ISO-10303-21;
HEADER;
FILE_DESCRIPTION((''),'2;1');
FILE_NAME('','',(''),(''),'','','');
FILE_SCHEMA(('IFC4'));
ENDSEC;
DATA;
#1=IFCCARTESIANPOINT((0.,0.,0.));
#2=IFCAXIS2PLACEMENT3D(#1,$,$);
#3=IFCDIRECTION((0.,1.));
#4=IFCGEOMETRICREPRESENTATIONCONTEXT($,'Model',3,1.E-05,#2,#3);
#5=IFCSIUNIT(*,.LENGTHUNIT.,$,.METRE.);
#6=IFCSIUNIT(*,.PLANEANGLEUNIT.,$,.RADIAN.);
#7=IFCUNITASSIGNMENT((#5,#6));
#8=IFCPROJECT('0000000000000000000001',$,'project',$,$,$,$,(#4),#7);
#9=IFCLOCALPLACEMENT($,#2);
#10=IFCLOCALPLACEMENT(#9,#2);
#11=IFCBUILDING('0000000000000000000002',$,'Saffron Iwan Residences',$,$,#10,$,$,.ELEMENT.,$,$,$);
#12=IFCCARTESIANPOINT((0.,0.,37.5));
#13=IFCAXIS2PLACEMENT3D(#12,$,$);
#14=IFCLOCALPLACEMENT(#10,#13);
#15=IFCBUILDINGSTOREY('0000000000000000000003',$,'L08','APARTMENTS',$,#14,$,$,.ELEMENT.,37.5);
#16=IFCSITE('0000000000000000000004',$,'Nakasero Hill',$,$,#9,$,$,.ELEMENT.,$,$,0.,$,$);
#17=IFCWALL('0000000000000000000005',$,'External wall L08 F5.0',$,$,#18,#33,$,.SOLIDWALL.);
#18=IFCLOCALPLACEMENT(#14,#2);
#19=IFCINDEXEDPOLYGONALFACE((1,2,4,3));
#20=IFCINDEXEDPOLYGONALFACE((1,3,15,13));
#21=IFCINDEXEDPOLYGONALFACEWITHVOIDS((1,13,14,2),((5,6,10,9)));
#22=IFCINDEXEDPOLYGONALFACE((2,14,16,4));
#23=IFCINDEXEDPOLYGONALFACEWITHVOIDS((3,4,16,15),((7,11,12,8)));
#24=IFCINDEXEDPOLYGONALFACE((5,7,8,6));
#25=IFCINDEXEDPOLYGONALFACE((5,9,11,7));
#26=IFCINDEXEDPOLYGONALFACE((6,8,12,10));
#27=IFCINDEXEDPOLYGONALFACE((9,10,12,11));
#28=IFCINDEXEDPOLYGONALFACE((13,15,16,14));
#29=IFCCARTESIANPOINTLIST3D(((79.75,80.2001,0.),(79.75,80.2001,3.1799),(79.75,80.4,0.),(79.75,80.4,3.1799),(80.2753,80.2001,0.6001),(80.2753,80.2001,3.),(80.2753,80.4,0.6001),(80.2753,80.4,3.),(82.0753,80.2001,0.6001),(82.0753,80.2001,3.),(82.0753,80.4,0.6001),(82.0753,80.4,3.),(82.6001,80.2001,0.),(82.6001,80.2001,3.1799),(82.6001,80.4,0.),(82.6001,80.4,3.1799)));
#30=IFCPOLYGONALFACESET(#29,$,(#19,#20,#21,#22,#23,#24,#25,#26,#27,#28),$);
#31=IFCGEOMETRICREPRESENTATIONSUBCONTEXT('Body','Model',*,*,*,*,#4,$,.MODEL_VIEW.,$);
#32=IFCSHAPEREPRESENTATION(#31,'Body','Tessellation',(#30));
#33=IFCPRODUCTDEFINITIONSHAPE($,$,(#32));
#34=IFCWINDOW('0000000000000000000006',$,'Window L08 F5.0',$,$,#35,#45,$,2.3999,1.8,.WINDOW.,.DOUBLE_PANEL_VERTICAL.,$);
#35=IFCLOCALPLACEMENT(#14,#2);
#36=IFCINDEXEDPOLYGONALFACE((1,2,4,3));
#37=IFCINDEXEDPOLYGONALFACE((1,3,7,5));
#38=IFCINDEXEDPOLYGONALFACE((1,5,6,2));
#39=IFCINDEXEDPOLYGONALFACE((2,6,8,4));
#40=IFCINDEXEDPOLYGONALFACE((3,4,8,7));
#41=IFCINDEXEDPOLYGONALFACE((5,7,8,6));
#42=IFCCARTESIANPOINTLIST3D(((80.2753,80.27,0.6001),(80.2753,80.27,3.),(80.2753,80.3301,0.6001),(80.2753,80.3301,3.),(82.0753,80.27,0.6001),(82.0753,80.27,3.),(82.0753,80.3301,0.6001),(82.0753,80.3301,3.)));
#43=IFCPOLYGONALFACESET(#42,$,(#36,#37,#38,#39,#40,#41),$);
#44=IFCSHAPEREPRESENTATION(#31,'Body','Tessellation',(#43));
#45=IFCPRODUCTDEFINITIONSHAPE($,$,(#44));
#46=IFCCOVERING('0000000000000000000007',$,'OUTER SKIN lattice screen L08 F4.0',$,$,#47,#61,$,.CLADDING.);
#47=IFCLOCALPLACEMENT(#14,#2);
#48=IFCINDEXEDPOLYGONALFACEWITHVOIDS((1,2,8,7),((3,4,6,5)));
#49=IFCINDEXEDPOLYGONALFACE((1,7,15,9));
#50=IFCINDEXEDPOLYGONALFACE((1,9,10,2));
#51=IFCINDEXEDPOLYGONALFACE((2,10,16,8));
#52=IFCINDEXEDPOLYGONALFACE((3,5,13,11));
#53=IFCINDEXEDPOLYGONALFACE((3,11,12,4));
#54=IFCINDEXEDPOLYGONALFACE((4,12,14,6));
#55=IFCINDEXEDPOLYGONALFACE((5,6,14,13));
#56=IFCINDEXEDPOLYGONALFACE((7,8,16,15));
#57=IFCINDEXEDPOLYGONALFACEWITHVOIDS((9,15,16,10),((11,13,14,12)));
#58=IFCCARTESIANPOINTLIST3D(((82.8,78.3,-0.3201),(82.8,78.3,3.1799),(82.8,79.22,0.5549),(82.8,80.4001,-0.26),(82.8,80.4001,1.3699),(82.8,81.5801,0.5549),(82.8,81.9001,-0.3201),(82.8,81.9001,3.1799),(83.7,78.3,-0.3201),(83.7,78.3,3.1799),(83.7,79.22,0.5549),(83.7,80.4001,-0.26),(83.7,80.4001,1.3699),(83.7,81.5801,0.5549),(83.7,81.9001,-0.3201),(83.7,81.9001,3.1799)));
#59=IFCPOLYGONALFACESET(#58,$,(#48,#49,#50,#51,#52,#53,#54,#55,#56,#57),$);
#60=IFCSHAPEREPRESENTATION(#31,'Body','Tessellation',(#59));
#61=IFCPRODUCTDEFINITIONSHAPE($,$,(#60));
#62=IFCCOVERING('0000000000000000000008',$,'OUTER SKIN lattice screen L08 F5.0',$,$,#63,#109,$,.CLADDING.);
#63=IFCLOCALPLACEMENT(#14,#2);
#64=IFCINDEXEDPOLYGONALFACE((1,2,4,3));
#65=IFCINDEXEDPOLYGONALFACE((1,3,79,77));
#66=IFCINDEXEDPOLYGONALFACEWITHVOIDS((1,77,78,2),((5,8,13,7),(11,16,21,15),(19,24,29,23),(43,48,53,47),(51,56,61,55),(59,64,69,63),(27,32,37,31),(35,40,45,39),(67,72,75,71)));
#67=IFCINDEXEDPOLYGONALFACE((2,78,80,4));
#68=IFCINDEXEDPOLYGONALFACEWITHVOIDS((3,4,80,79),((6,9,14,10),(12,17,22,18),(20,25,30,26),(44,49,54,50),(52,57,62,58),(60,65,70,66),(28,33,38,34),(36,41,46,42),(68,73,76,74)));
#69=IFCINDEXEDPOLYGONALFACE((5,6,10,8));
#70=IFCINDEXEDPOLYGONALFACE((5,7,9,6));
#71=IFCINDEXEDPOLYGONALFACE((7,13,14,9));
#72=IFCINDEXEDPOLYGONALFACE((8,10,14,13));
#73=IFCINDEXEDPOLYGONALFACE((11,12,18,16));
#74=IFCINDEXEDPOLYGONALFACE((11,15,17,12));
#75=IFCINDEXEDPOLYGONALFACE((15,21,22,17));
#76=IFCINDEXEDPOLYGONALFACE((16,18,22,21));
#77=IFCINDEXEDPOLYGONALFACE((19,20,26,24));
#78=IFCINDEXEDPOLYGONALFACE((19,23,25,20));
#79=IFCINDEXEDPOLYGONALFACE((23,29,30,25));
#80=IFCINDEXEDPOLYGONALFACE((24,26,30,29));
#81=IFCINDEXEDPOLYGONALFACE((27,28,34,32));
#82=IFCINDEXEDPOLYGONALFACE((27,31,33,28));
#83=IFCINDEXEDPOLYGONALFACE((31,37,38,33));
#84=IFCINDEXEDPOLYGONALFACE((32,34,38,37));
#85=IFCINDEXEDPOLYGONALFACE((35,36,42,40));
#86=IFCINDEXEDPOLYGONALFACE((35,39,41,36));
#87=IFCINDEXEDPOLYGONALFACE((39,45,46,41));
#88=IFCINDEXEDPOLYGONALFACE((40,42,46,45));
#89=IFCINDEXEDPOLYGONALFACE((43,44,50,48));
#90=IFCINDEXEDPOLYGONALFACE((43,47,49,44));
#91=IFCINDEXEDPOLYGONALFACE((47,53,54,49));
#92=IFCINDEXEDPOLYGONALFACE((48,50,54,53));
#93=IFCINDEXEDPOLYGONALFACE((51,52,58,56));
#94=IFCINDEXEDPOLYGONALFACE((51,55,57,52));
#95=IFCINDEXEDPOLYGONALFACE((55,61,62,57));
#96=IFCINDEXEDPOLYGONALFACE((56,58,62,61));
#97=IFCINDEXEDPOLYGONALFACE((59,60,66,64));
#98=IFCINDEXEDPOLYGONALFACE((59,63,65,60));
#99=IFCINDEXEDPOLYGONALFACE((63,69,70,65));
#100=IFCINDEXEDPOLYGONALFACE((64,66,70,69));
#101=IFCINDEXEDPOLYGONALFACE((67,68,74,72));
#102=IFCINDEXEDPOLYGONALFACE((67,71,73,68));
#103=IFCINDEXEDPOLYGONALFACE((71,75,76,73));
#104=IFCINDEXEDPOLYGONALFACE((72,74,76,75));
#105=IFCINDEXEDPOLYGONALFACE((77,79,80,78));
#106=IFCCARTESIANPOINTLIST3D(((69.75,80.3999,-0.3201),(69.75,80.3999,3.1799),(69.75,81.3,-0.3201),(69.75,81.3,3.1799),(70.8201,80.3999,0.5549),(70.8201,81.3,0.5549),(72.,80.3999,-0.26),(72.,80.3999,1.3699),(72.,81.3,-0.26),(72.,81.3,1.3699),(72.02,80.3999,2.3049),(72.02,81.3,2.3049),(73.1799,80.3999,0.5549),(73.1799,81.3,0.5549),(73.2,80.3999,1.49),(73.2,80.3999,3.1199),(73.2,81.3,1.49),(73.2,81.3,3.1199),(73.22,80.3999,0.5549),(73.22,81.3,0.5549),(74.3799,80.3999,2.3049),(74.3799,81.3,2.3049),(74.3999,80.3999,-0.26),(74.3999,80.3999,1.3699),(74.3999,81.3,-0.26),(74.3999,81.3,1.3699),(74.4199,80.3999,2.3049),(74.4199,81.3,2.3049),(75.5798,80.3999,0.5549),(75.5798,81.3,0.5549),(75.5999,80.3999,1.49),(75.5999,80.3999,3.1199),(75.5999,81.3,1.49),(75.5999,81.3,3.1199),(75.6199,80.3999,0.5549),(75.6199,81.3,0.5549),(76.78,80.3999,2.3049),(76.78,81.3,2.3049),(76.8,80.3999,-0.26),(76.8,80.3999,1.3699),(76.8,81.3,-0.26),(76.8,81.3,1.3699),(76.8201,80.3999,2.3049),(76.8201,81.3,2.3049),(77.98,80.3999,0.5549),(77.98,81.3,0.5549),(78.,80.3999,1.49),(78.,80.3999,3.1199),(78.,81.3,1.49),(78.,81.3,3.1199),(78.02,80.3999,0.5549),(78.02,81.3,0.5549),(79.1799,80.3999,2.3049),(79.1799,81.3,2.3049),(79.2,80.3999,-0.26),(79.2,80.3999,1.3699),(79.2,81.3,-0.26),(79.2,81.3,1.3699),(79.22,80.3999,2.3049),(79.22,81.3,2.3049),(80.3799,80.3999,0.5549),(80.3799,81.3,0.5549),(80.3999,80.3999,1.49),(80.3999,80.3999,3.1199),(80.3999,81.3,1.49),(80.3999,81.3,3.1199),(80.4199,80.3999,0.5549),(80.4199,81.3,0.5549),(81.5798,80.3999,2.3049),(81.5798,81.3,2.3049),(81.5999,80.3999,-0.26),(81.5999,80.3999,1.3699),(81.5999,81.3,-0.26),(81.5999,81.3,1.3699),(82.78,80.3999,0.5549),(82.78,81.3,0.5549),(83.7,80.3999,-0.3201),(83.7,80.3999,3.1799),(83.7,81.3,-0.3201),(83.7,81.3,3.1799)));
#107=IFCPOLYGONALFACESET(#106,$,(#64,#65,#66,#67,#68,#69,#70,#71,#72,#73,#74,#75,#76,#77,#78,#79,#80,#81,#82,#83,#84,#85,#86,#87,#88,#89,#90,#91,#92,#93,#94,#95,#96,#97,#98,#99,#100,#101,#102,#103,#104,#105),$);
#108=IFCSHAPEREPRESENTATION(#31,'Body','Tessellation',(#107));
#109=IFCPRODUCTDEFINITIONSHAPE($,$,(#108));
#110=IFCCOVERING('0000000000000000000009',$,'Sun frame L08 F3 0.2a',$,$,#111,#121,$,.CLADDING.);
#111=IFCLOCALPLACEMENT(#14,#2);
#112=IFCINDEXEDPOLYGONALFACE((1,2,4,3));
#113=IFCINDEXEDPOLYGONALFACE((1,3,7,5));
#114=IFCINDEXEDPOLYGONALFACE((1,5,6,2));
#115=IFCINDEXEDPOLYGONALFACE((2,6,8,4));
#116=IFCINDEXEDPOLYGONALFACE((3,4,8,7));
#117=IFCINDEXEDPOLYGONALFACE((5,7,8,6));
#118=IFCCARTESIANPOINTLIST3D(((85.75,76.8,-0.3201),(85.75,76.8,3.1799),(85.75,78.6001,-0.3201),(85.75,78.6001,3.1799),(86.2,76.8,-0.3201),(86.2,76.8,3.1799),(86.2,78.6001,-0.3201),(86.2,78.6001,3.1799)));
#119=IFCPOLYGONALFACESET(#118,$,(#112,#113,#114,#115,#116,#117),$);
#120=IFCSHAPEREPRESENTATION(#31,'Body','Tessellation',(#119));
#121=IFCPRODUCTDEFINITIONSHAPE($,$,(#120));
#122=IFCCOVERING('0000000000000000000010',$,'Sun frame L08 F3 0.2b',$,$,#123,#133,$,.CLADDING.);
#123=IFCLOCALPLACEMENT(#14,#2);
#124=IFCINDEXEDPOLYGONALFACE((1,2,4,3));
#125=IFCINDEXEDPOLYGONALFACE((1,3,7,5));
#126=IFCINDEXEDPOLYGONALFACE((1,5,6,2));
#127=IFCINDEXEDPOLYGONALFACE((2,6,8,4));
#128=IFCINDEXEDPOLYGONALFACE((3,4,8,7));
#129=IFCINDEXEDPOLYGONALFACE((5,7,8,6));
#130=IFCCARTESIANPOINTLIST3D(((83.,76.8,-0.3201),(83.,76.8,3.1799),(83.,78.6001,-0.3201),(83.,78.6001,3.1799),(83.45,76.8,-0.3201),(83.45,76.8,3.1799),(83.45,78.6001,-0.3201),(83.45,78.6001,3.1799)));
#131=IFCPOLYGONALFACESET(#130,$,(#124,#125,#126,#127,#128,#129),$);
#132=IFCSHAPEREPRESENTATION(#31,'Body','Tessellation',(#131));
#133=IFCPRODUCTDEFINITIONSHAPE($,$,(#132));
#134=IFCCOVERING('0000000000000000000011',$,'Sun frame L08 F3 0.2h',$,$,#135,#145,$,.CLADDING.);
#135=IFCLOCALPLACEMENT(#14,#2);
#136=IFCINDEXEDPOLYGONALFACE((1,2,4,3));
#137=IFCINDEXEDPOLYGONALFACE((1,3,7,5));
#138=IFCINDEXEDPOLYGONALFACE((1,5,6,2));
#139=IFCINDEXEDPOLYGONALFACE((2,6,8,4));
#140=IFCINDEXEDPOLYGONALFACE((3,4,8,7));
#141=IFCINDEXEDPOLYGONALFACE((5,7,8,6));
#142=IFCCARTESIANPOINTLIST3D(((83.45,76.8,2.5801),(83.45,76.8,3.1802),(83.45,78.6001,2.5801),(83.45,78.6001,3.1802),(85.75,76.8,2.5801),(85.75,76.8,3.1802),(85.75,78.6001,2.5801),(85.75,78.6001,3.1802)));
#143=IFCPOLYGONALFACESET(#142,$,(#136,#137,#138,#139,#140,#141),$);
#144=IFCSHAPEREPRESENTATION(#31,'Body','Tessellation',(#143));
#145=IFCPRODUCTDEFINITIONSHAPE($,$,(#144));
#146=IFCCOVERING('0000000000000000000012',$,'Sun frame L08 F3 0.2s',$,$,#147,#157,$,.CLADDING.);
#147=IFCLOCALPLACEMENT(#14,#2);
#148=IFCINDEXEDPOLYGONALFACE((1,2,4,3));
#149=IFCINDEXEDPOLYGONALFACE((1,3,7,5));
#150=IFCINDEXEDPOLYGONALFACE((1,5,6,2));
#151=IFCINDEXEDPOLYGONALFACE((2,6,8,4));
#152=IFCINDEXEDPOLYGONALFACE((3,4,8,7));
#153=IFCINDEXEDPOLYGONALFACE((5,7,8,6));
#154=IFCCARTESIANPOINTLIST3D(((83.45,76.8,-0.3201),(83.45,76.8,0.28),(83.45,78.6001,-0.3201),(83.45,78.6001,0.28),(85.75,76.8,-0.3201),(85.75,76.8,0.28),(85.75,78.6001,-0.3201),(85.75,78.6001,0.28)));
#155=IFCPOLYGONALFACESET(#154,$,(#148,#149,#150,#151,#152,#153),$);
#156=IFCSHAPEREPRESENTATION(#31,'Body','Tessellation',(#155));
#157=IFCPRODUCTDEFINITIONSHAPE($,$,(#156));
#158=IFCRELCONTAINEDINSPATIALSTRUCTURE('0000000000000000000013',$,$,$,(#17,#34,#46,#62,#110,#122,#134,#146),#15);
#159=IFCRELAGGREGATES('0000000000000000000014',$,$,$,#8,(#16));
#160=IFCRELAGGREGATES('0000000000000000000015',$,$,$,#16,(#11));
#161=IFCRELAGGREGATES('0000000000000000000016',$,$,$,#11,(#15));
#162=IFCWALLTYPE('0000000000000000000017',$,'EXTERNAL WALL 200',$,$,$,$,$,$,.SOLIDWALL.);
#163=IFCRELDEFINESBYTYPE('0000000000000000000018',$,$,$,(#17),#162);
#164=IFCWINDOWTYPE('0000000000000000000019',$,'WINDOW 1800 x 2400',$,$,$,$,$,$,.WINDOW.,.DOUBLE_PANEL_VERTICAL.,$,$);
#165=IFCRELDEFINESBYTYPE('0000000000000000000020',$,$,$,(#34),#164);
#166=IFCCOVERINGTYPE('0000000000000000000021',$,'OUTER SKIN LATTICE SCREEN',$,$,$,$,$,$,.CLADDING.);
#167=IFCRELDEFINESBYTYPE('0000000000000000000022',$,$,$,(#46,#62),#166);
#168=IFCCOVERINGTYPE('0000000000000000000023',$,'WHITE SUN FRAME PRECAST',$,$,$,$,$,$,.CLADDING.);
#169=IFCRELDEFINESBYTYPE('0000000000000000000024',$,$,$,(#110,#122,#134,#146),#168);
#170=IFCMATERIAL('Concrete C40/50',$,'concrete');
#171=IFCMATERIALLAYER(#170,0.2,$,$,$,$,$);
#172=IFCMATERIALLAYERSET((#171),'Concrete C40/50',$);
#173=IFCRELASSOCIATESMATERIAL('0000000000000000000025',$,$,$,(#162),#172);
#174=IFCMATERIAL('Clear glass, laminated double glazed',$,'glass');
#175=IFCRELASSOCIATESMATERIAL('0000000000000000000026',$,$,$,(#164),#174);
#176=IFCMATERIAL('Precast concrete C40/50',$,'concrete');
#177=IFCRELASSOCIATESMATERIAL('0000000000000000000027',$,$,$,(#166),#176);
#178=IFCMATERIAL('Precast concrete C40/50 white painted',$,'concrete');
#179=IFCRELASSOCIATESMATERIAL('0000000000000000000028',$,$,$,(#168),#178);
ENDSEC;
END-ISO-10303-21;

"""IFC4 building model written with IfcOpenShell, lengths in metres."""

from ifc_helpers import new_model, si_unit, direction, frame, frame_2d, origin, place, context, subcontext, project, spatial, polyline, rectangle, outline, extrude, material, layer, layer_set, type_object, element, fill, save


model = new_model("IFC4")

# Units and contexts
model_context = context("Model", 3, precision=1e-05, world=origin(), true_north=direction((0.0, 1.0)))
body_context = subcontext(model_context, "Body", "Model", "MODEL_VIEW")
ifc_project = project(units=[si_unit("LENGTHUNIT", "METRE"), si_unit("PLANEANGLEUNIT", "RADIAN")], contexts=[model_context])

# Site, building, storey
site_placement = place(None, origin())
site = spatial("IfcSite", under=ifc_project, at=site_placement, Name="Nakasero Hill", CompositionType="ELEMENT", RefElevation=0.0)
building_placement = place(site_placement, origin())
building = spatial("IfcBuilding", under=site, at=building_placement, Name="Saffron Iwan Residences", CompositionType="ELEMENT")
storey_placement = place(building_placement, frame((0.0, 0.0, 37.5)))
storey = spatial("IfcBuildingStorey", under=building, at=storey_placement, Name="L08", Description="APARTMENTS", CompositionType="ELEMENT", Elevation=37.5)

# Shared definitions
ifc_material_1 = material(Name="Concrete C40/50", Category="concrete")
ifc_layer = layer(ifc_material_1, 0.2)
ifc_layer_set = layer_set([ifc_layer], Name="Concrete C40/50")
wall_type = type_object("IfcWallType", Name="EXTERNAL WALL 200", PredefinedType="SOLIDWALL", material=ifc_layer_set)
ifc_material_2 = material(Name="Clear glass, laminated double glazed", Category="glass")
window_type_1 = type_object("IfcWindowType", Name="WINDOW 1800 x 2400", PartitioningType="DOUBLE_PANEL_VERTICAL", PredefinedType="WINDOW", material=ifc_material_2)

# Wall, opening, window
wall_1_placement = place(storey_placement, frame((82.6001, 80.3, 0.0), z_axis=(0.0, 0.0, 1.0), x_axis=(-1.0, 0.0, 0.0)))
wall_1 = element("IfcWall", 1, at=wall_1_placement, inside=storey, type_object=wall_type, Name="External wall L08 F5.0", PredefinedType="SOLIDWALL", context=body_context, shape_type="SweptSolid", body=[
    extrude(rectangle(XDim=2.8501, YDim=0.2, at=frame_2d((1.425, 0.0))), origin(), (0.0, 0.0, 1.0), 3.1799),
])
opening_1_placement = place(wall_1_placement, frame((0.5249, 0.0, 0.6001)))
opening_1 = element("IfcOpeningElement", 2, at=opening_1_placement, cuts=wall_1, PredefinedType="OPENING", context=body_context, shape_type="SweptSolid", body=[
    extrude(rectangle(XDim=1.8, YDim=2.3999, at=frame_2d((0.8999, 1.2))), frame((0.0, 0.1099, 0.0), z_axis=(0.0, -1.0, 0.0), x_axis=(1.0, 0.0, 0.0)), (0.0, 0.0, 1.0), 0.22),
])
window_1_placement = place(opening_1_placement, origin())
window_1 = element("IfcWindow", 3, at=window_1_placement, inside=storey, type_object=window_type_1, Name="Window L08 F5.0", OverallHeight=2.3999, OverallWidth=1.8, PartitioningType="DOUBLE_PANEL_VERTICAL", PredefinedType="WINDOW", context=body_context, shape_type="SweptSolid", body=[
    extrude(rectangle(XDim=1.8, YDim=2.3999, at=frame_2d((0.8999, 1.2))), frame((0.0, 0.03, 0.0), z_axis=(0.0, -1.0, 0.0), x_axis=(1.0, 0.0, 0.0)), (0.0, 0.0, 1.0), 0.0601),
])
fill(opening_1, window_1)

# Coverings
ifc_material_3 = material(Name="Precast concrete C40/50", Category="concrete")
covering_type_1 = type_object("IfcCoveringType", Name="OUTER SKIN LATTICE SCREEN", PredefinedType="CLADDING", material=ifc_material_3)
covering_1_placement = place(storey_placement, frame((82.8, 78.3, -0.3201), z_axis=(1.0, 0.0, 0.0), x_axis=(0.0, 1.0, 0.0)))
element("IfcCovering", 4, at=covering_1_placement, inside=storey, type_object=covering_type_1, Name="OUTER SKIN lattice screen L08 F4.0", PredefinedType="CLADDING", context=body_context, shape_type="SweptSolid", body=[
    extrude(outline(polyline([(0.0, 0.0), (3.6001, 0.0), (3.6001, 3.5), (0.0, 3.5), (0.0, 0.0)]), holes=[polyline([(0.9199, 0.875), (2.1001, 0.0601), (3.28, 0.875), (2.1001, 1.6899), (0.9199, 0.875)])]), origin(), (0.0, 0.0, 1.0), 0.8999),
])
covering_2_placement = place(storey_placement, frame((83.7, 80.3999, -0.3201), z_axis=(0.0, 1.0, 0.0), x_axis=(-1.0, 0.0, 0.0)))
element("IfcCovering", 5, at=covering_2_placement, inside=storey, type_object=covering_type_1, Name="OUTER SKIN lattice screen L08 F5.0", PredefinedType="CLADDING", context=body_context, shape_type="SweptSolid", body=[
    extrude(outline(polyline([(0.0, 0.0), (13.95, 0.0), (13.95, 3.5), (0.0, 3.5), (0.0, 0.0)]), holes=[polyline([(0.9199, 0.875), (2.1001, 0.0601), (3.28, 0.875), (2.1001, 1.6899), (0.9199, 0.875)]), polyline([(3.3201, 0.875), (4.5, 0.0601), (5.6799, 0.875), (4.5, 1.6899), (3.3201, 0.875)]), polyline([(5.72, 0.875), (6.8999, 0.0601), (8.0801, 0.875), (6.8999, 1.6899), (5.72, 0.875)]), polyline([(8.1201, 0.875), (9.3, 0.0601), (10.48, 0.875), (9.3, 1.6899), (8.1201, 0.875)]), polyline([(10.52, 0.875), (11.7, 0.0601), (12.8799, 0.875), (11.7, 1.6899), (10.52, 0.875)]), polyline([(2.1201, 2.625), (3.3, 1.8101), (4.48, 2.625), (3.3, 3.4399), (2.1201, 2.625)]), polyline([(4.52, 2.625), (5.7, 1.8101), (6.8799, 2.625), (5.7, 3.4399), (4.52, 2.625)]), polyline([(6.9199, 2.625), (8.1001, 1.8101), (9.28, 2.625), (8.1001, 3.4399), (6.9199, 2.625)]), polyline([(9.3201, 2.625), (10.5, 1.8101), (11.6799, 2.625), (10.5, 3.4399), (9.3201, 2.625)])]), origin(), (0.0, 0.0, 1.0), 0.9001),
])
ifc_material_4 = material(Name="Precast concrete C40/50 white painted", Category="concrete")
covering_type_2 = type_object("IfcCoveringType", Name="WHITE SUN FRAME PRECAST", PredefinedType="CLADDING", material=ifc_material_4)
for number, where, z_axis, x_axis, name in (
    (6, (86.2, 76.8, -0.3201), (0.0, 1.0, 0.0), (-1.0, 0.0, 0.0), "Sun frame L08 F3 0.2a"),
    (7, (83.45, 76.8, -0.3201), (0.0, 1.0, 0.0), (-1.0, 0.0, 0.0), "Sun frame L08 F3 0.2b"),
):
    element("IfcCovering", number, at=place(storey_placement, frame(where, z_axis=z_axis, x_axis=x_axis)), inside=storey, type_object=covering_type_2, Name=name, PredefinedType="CLADDING", context=body_context, shape_type="SweptSolid", body=[
        extrude(outline(polyline([(0.0, 0.0), (0.45, 0.0), (0.45, 3.5), (0.0, 3.5), (0.0, 0.0)])), origin(), (0.0, 0.0, 1.0), 1.8),
    ])
for number, where, z_axis, x_axis, name in (
    (8, (85.75, 76.8, 2.5801), (0.0, 1.0, 0.0), (-1.0, 0.0, 0.0), "Sun frame L08 F3 0.2h"),
    (9, (85.75, 76.8, -0.3201), (0.0, 1.0, 0.0), (-1.0, 0.0, 0.0), "Sun frame L08 F3 0.2s"),
):
    element("IfcCovering", number, at=place(storey_placement, frame(where, z_axis=z_axis, x_axis=x_axis)), inside=storey, type_object=covering_type_2, Name=name, PredefinedType="CLADDING", context=body_context, shape_type="SweptSolid", body=[
        extrude(outline(polyline([(0.0, 0.0), (2.3, 0.0), (2.3, 0.6001), (0.0, 0.6001), (0.0, 0.0)])), origin(), (0.0, 0.0, 1.0), 1.8),
    ])

save(model, "model.ifc")
